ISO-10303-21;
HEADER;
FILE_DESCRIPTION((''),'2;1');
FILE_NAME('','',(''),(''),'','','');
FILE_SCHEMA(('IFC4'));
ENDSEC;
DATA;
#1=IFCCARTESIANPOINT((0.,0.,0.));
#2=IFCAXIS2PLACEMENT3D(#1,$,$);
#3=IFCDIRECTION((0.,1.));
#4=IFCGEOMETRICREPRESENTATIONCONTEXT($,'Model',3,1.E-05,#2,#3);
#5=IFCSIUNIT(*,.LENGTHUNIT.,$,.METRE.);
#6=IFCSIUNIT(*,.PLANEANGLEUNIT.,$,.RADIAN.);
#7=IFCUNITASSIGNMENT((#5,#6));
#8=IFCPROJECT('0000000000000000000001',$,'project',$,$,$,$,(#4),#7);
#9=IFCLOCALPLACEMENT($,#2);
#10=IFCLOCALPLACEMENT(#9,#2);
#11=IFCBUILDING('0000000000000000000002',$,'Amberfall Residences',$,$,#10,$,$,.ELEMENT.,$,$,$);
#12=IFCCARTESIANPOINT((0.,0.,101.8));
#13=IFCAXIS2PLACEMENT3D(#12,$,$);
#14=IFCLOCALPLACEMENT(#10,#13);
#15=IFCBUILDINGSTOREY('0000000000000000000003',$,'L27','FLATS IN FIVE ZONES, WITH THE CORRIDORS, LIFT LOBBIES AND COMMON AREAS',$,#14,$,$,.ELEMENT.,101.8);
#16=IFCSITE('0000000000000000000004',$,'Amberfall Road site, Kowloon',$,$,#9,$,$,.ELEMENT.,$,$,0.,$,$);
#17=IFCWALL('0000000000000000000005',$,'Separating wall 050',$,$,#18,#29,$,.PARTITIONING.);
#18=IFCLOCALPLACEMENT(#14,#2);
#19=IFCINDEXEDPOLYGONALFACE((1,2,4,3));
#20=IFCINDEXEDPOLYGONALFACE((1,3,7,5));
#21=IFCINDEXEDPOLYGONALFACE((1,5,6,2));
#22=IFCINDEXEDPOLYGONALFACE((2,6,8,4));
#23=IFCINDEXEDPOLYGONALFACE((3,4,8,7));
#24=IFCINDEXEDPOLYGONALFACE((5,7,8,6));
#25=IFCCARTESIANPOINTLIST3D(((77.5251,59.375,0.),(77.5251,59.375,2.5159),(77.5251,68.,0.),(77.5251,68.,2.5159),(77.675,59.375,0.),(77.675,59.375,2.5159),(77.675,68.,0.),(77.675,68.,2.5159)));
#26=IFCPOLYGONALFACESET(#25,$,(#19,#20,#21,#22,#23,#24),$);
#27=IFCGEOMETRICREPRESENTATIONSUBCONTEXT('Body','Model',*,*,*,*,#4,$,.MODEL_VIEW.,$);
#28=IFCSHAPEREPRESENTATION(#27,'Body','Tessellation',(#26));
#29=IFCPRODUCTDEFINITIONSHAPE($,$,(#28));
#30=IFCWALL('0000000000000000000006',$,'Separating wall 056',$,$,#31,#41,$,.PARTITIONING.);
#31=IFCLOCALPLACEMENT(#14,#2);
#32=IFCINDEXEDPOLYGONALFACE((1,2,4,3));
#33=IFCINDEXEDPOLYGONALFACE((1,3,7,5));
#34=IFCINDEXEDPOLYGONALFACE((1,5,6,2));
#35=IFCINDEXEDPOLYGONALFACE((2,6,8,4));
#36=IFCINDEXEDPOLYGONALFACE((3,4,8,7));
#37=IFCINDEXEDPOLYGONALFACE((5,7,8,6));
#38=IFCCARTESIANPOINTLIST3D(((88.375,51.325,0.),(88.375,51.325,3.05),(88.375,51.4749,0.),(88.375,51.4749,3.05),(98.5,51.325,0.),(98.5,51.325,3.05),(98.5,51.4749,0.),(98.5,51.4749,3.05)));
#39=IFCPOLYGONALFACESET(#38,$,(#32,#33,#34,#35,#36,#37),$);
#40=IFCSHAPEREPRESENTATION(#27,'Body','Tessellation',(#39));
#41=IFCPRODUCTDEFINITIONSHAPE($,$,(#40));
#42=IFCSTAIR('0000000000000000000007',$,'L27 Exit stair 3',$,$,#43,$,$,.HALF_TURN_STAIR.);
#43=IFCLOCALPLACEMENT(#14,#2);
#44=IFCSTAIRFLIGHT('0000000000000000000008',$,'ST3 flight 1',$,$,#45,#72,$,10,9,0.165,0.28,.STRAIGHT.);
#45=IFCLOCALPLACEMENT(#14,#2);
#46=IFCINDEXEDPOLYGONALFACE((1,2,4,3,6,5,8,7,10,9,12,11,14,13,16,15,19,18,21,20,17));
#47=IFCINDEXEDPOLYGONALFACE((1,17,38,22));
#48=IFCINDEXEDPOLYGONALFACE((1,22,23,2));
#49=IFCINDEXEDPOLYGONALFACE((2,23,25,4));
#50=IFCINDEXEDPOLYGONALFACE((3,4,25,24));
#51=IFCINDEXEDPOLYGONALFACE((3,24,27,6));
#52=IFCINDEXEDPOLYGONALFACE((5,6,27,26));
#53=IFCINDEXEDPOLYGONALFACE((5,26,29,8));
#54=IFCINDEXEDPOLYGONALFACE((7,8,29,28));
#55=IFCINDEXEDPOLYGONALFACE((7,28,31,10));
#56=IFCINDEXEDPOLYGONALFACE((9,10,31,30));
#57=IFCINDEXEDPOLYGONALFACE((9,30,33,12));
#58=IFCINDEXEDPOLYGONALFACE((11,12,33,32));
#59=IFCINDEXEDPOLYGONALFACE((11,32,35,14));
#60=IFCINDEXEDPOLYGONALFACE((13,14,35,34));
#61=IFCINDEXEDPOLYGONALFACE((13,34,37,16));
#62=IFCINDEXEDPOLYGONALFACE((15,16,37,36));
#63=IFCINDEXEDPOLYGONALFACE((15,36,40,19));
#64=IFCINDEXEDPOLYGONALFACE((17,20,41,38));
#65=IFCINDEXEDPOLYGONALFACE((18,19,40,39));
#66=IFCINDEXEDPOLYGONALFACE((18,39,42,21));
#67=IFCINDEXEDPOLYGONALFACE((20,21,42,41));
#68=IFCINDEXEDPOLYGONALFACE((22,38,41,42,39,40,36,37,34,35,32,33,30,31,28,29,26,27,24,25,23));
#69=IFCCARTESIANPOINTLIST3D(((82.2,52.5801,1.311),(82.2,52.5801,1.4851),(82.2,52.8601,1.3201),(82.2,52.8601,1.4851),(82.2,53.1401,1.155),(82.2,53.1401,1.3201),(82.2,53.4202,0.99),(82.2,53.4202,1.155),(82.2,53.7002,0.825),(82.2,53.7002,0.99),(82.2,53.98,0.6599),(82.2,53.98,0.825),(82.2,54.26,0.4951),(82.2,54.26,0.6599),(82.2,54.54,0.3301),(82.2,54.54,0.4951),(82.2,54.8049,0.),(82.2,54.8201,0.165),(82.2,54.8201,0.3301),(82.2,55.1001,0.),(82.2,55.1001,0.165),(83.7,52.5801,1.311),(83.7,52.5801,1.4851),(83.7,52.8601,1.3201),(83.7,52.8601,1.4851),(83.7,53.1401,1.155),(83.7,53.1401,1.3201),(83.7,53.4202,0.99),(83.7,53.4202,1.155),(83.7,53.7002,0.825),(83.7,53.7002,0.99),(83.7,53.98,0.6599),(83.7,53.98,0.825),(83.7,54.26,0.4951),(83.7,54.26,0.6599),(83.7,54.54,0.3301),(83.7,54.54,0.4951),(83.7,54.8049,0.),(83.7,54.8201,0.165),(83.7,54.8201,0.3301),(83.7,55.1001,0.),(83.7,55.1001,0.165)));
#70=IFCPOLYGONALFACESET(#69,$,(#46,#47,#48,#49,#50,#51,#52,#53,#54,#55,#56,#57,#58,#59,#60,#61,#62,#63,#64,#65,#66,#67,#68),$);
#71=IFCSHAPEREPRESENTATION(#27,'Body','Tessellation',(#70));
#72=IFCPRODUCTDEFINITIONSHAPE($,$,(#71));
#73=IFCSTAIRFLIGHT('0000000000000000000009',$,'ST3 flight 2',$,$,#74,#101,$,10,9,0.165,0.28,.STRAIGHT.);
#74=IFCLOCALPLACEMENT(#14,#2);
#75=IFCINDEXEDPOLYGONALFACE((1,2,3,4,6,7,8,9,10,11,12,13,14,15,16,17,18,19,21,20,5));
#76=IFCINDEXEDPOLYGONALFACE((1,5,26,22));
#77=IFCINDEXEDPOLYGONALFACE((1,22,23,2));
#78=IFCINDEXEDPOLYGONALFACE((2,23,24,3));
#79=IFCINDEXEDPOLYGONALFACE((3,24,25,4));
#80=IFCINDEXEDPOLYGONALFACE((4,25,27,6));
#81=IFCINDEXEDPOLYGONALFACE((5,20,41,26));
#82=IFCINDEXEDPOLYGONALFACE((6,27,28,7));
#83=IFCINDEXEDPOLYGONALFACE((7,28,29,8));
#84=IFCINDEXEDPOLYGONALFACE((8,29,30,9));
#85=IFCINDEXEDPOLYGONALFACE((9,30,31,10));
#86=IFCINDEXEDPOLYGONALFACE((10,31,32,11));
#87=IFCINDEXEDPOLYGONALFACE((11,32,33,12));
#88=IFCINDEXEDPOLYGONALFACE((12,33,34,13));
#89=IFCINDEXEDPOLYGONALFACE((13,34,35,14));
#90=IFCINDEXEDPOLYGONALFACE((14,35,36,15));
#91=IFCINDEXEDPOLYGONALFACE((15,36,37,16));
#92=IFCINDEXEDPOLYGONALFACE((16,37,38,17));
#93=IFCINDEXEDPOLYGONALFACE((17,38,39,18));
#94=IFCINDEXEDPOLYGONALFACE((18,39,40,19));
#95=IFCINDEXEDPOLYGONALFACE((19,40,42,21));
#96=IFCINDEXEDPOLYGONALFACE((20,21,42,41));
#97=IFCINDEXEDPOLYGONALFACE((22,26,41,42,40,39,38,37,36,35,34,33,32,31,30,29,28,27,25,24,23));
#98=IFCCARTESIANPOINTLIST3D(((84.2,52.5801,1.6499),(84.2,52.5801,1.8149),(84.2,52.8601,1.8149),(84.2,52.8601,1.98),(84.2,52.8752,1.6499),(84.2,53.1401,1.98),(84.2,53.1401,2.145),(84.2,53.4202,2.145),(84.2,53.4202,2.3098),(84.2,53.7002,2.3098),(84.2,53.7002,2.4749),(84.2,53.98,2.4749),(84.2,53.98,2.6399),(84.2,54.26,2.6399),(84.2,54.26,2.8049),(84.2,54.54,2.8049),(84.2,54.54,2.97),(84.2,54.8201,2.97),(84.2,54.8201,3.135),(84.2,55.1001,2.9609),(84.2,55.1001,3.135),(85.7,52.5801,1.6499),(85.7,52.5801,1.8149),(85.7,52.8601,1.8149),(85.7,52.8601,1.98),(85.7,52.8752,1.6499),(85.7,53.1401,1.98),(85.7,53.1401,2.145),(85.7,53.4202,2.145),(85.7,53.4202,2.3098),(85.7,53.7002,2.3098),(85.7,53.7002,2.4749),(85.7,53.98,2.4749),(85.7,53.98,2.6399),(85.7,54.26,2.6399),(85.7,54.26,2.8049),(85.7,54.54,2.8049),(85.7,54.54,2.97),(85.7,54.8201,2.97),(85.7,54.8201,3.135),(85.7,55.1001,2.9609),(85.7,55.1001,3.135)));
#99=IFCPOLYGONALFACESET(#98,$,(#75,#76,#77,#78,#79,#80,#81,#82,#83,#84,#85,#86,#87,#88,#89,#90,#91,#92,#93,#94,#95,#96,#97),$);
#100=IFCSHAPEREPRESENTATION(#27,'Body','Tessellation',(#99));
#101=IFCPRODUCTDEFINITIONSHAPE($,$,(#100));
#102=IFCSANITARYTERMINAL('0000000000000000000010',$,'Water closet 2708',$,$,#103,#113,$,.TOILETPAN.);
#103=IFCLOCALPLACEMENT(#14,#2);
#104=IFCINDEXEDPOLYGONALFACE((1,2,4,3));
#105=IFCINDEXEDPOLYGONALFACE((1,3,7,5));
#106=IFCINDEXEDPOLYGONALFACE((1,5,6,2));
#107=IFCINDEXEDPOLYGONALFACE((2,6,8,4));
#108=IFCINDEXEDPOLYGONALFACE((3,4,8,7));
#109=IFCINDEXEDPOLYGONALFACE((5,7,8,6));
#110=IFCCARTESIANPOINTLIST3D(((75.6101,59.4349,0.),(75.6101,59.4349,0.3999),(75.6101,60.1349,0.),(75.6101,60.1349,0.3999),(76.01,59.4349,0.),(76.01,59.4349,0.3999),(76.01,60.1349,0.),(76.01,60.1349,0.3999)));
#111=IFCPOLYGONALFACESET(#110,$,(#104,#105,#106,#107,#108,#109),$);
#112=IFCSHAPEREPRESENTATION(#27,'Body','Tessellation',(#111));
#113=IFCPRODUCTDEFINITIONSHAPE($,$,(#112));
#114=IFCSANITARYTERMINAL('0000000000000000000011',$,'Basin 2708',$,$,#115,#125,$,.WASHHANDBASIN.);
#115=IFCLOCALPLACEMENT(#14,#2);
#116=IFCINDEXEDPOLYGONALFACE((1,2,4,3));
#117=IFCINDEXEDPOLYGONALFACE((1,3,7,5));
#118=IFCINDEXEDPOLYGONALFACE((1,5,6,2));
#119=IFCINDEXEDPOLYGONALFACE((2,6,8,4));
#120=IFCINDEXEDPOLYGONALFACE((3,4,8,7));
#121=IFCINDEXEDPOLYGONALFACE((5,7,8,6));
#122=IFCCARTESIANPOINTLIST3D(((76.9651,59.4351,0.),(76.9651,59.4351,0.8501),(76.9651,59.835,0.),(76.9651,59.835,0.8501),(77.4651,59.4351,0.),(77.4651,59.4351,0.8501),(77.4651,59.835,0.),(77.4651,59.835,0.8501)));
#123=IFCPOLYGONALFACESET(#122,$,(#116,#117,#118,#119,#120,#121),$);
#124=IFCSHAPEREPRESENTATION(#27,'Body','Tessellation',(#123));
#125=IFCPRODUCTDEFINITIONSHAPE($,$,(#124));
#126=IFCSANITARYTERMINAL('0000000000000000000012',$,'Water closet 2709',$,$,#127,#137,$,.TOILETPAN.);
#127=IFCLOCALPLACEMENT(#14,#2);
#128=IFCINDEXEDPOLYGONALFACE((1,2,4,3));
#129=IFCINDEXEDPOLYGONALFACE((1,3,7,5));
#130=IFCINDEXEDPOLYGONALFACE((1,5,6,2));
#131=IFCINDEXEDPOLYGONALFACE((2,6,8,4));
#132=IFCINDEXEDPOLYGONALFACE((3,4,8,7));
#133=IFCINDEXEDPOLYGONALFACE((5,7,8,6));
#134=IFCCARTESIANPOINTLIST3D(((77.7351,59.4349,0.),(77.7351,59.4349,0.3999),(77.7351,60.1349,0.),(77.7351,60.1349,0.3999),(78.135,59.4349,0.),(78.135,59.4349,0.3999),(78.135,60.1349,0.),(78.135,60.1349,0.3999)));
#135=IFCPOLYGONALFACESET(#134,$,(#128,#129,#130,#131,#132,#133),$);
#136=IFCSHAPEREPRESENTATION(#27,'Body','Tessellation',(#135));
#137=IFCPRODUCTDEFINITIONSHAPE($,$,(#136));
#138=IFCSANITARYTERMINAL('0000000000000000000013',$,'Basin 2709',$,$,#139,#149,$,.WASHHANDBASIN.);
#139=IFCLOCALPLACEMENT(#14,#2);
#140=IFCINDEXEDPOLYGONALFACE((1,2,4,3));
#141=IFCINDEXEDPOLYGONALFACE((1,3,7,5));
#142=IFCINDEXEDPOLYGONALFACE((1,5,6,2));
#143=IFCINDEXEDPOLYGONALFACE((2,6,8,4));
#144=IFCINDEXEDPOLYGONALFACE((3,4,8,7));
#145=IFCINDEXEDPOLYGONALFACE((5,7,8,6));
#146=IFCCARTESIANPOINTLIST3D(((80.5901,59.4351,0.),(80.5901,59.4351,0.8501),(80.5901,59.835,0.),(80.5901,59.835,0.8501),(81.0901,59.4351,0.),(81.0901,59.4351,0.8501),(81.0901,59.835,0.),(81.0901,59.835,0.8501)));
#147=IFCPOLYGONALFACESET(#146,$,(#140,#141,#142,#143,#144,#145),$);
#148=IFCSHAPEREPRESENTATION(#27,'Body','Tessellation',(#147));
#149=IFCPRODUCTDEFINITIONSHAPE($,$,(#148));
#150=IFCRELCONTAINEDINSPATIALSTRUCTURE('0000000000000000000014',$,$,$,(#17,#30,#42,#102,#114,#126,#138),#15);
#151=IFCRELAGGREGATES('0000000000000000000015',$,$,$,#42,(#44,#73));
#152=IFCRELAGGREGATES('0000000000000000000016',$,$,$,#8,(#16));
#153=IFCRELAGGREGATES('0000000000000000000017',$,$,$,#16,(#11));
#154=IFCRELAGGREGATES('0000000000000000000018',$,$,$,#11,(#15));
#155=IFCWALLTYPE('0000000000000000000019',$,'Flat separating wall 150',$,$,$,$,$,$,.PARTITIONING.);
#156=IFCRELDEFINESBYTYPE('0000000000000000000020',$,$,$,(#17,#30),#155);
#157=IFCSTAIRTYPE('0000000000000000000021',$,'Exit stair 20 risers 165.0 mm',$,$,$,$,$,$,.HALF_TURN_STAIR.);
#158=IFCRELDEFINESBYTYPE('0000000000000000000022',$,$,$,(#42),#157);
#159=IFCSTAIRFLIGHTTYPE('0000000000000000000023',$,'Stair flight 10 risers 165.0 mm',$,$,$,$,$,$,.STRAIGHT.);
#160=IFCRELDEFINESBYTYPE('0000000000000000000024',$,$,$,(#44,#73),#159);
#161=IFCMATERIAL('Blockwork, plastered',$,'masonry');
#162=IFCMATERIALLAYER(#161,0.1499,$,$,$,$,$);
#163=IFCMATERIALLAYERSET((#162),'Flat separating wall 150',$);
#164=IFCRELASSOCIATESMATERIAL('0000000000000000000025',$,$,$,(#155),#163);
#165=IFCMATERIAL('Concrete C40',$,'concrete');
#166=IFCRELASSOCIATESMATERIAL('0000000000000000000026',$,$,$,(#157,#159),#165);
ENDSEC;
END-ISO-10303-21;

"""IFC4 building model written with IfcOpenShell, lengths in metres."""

from ifc_helpers import new_model, si_unit, direction, frame, frame_2d, origin, origin_2d, place, context, subcontext, project, spatial, polyline, rectangle, outline, extrude, material, layer, layer_set, type_object, element, aggregate, save


model = new_model("IFC4")

# Units and contexts
model_context = context("Model", 3, precision=1e-05, world=origin(), true_north=direction((0.0, 1.0)))
body_context = subcontext(model_context, "Body", "Model", "MODEL_VIEW")
ifc_project = project(units=[si_unit("LENGTHUNIT", "METRE"), si_unit("PLANEANGLEUNIT", "RADIAN")], contexts=[model_context])

# Site, building, storey
site_placement = place(None, origin())
site = spatial("IfcSite", under=ifc_project, at=site_placement, Name="Amberfall Road site, Kowloon", CompositionType="ELEMENT", RefElevation=0.0)
building_placement = place(site_placement, origin())
building = spatial("IfcBuilding", under=site, at=building_placement, Name="Amberfall Residences", CompositionType="ELEMENT")
storey_placement = place(building_placement, frame((0.0, 0.0, 101.8)))
storey = spatial("IfcBuildingStorey", under=building, at=storey_placement, Name="L27", Description="FLATS IN FIVE ZONES, WITH THE CORRIDORS, LIFT LOBBIES AND COMMON AREAS", CompositionType="ELEMENT", Elevation=101.8)

# Walls
ifc_material_1 = material(Name="Blockwork, plastered", Category="masonry")
ifc_layer_1 = layer(ifc_material_1, 0.1499)
ifc_layer_set_1 = layer_set([ifc_layer_1], Name="Flat separating wall 150")
wall_type_1 = type_object("IfcWallType", Name="Flat separating wall 150", PredefinedType="PARTITIONING", material=ifc_layer_set_1)
for number, where, z_axis, x_axis, name in (
    (1, (77.6001, 59.375, 0.0), (0.0, 0.0, 1.0), (0.0, 1.0, 0.0), "Separating wall 050"),
):
    element("IfcWall", number, at=place(storey_placement, frame(where, z_axis=z_axis, x_axis=x_axis)), inside=storey, type_object=wall_type_1, Name=name, PredefinedType="PARTITIONING", context=body_context, shape_type="SweptSolid", body=[
        extrude(rectangle(XDim=8.625, YDim=0.1499, at=frame_2d((4.3125, 0.0))), origin(), (0.0, 0.0, 1.0), 2.5159),
    ])
wall_1_placement = place(storey_placement, frame((88.375, 51.3999, 0.0), z_axis=(0.0, 0.0, 1.0), x_axis=(1.0, 0.0, 0.0)))
element("IfcWall", 2, at=wall_1_placement, inside=storey, type_object=wall_type_1, Name="Separating wall 056", PredefinedType="PARTITIONING", context=body_context, shape_type="SweptSolid", body=[
    extrude(rectangle(XDim=10.125, YDim=0.1499, at=frame_2d((5.0625, 0.0))), origin(), (0.0, 0.0, 1.0), 3.05),
])

# Stair, stair flights
ifc_material_2 = material(Name="Concrete C40", Category="concrete")
stair_type = type_object("IfcStairType", Name="Exit stair 20 risers 165.0 mm", PredefinedType="HALF_TURN_STAIR", material=ifc_material_2)
stair_placement = place(storey_placement, origin())
stair = element("IfcStair", 3, at=stair_placement, inside=storey, type_object=stair_type, Name="L27 Exit stair 3", PredefinedType="HALF_TURN_STAIR")
stair_flight_type = type_object("IfcStairFlightType", Name="Stair flight 10 risers 165.0 mm", PredefinedType="STRAIGHT", material=ifc_material_2)
stair_flight_1_placement = place(storey_placement, frame((82.95, 55.1001, 0.0), z_axis=(0.0, 0.0, 1.0), x_axis=(0.0, -1.0, 0.0)))
stair_flight_1 = element("IfcStairFlight", 4, at=stair_flight_1_placement, type_object=stair_flight_type, Name="ST3 flight 1", NumberOfRisers=10, NumberOfTreads=9, PredefinedType="STRAIGHT", RiserHeight=0.165, TreadLength=0.28, context=body_context, shape_type="SweptSolid", body=[
    extrude(outline(polyline([(0.0, 0.0), (0.0, 0.165), (0.28, 0.165), (0.28, 0.3301), (0.5601, 0.3301), (0.5601, 0.4951), (0.8401, 0.4951), (0.8401, 0.6599), (1.1201, 0.6599), (1.1201, 0.825), (1.3999, 0.825), (1.3999, 0.99), (1.6799, 0.99), (1.6799, 1.155), (1.96, 1.155), (1.96, 1.3201), (2.24, 1.3201), (2.24, 1.4851), (2.52, 1.4851), (2.52, 1.6499), (2.52, 1.311), (0.2952, 0.0), (0.0, 0.0)])), frame((0.0, 0.75, 0.0), z_axis=(0.0, -1.0, 0.0), x_axis=(1.0, 0.0, 0.0)), (0.0, 0.0, 1.0), 1.5),
])
stair_flight_2_placement = place(storey_placement, frame((84.95, 52.5801, 1.6499), z_axis=(0.0, 0.0, 1.0), x_axis=(0.0, 1.0, 0.0)))
stair_flight_2 = element("IfcStairFlight", 5, at=stair_flight_2_placement, type_object=stair_flight_type, Name="ST3 flight 2", NumberOfRisers=10, NumberOfTreads=9, PredefinedType="STRAIGHT", RiserHeight=0.165, TreadLength=0.28, context=body_context, shape_type="SweptSolid", body=[
    extrude(outline(polyline([(0.0, 0.0), (0.0, 0.165), (0.28, 0.165), (0.28, 0.3301), (0.5601, 0.3301), (0.5601, 0.4951), (0.8401, 0.4951), (0.8401, 0.6599), (1.1201, 0.6599), (1.1201, 0.825), (1.3999, 0.825), (1.3999, 0.99), (1.6799, 0.99), (1.6799, 1.155), (1.96, 1.155), (1.96, 1.3201), (2.24, 1.3201), (2.24, 1.4851), (2.52, 1.4851), (2.52, 1.6499), (2.52, 1.311), (0.2952, 0.0), (0.0, 0.0)])), frame((0.0, 0.75, 0.0), z_axis=(0.0, -1.0, 0.0), x_axis=(1.0, 0.0, 0.0)), (0.0, 0.0, 1.0), 1.5),
])
aggregate(stair, [stair_flight_1, stair_flight_2])

# Sanitary terminals
sanitary_terminal_1_placement = place(storey_placement, frame((75.8101, 59.7849, 0.0), z_axis=(0.0, 0.0, 1.0), x_axis=(1.0, 0.0, 0.0)))
element("IfcSanitaryTerminal", 6, at=sanitary_terminal_1_placement, inside=storey, Name="Water closet 2708", PredefinedType="TOILETPAN", context=body_context, shape_type="SweptSolid", body=[
    extrude(rectangle(XDim=0.3999, YDim=0.7, at=origin_2d()), origin(), (0.0, 0.0, 1.0), 0.3999),
])
sanitary_terminal_2_placement = place(storey_placement, frame((77.2151, 59.635, 0.0), z_axis=(0.0, 0.0, 1.0), x_axis=(1.0, 0.0, 0.0)))
element("IfcSanitaryTerminal", 7, at=sanitary_terminal_2_placement, inside=storey, Name="Basin 2708", PredefinedType="WASHHANDBASIN", context=body_context, shape_type="SweptSolid", body=[
    extrude(rectangle(XDim=0.5, YDim=0.3999, at=origin_2d()), origin(), (0.0, 0.0, 1.0), 0.8501),
])
sanitary_terminal_3_placement = place(storey_placement, frame((77.9351, 59.7849, 0.0), z_axis=(0.0, 0.0, 1.0), x_axis=(1.0, 0.0, 0.0)))
element("IfcSanitaryTerminal", 8, at=sanitary_terminal_3_placement, inside=storey, Name="Water closet 2709", PredefinedType="TOILETPAN", context=body_context, shape_type="SweptSolid", body=[
    extrude(rectangle(XDim=0.3999, YDim=0.7, at=origin_2d()), origin(), (0.0, 0.0, 1.0), 0.3999),
])
sanitary_terminal_4_placement = place(storey_placement, frame((80.8401, 59.635, 0.0), z_axis=(0.0, 0.0, 1.0), x_axis=(1.0, 0.0, 0.0)))
element("IfcSanitaryTerminal", 9, at=sanitary_terminal_4_placement, inside=storey, Name="Basin 2709", PredefinedType="WASHHANDBASIN", context=body_context, shape_type="SweptSolid", body=[
    extrude(rectangle(XDim=0.5, YDim=0.3999, at=origin_2d()), origin(), (0.0, 0.0, 1.0), 0.8501),
])

save(model, "model.ifc")
